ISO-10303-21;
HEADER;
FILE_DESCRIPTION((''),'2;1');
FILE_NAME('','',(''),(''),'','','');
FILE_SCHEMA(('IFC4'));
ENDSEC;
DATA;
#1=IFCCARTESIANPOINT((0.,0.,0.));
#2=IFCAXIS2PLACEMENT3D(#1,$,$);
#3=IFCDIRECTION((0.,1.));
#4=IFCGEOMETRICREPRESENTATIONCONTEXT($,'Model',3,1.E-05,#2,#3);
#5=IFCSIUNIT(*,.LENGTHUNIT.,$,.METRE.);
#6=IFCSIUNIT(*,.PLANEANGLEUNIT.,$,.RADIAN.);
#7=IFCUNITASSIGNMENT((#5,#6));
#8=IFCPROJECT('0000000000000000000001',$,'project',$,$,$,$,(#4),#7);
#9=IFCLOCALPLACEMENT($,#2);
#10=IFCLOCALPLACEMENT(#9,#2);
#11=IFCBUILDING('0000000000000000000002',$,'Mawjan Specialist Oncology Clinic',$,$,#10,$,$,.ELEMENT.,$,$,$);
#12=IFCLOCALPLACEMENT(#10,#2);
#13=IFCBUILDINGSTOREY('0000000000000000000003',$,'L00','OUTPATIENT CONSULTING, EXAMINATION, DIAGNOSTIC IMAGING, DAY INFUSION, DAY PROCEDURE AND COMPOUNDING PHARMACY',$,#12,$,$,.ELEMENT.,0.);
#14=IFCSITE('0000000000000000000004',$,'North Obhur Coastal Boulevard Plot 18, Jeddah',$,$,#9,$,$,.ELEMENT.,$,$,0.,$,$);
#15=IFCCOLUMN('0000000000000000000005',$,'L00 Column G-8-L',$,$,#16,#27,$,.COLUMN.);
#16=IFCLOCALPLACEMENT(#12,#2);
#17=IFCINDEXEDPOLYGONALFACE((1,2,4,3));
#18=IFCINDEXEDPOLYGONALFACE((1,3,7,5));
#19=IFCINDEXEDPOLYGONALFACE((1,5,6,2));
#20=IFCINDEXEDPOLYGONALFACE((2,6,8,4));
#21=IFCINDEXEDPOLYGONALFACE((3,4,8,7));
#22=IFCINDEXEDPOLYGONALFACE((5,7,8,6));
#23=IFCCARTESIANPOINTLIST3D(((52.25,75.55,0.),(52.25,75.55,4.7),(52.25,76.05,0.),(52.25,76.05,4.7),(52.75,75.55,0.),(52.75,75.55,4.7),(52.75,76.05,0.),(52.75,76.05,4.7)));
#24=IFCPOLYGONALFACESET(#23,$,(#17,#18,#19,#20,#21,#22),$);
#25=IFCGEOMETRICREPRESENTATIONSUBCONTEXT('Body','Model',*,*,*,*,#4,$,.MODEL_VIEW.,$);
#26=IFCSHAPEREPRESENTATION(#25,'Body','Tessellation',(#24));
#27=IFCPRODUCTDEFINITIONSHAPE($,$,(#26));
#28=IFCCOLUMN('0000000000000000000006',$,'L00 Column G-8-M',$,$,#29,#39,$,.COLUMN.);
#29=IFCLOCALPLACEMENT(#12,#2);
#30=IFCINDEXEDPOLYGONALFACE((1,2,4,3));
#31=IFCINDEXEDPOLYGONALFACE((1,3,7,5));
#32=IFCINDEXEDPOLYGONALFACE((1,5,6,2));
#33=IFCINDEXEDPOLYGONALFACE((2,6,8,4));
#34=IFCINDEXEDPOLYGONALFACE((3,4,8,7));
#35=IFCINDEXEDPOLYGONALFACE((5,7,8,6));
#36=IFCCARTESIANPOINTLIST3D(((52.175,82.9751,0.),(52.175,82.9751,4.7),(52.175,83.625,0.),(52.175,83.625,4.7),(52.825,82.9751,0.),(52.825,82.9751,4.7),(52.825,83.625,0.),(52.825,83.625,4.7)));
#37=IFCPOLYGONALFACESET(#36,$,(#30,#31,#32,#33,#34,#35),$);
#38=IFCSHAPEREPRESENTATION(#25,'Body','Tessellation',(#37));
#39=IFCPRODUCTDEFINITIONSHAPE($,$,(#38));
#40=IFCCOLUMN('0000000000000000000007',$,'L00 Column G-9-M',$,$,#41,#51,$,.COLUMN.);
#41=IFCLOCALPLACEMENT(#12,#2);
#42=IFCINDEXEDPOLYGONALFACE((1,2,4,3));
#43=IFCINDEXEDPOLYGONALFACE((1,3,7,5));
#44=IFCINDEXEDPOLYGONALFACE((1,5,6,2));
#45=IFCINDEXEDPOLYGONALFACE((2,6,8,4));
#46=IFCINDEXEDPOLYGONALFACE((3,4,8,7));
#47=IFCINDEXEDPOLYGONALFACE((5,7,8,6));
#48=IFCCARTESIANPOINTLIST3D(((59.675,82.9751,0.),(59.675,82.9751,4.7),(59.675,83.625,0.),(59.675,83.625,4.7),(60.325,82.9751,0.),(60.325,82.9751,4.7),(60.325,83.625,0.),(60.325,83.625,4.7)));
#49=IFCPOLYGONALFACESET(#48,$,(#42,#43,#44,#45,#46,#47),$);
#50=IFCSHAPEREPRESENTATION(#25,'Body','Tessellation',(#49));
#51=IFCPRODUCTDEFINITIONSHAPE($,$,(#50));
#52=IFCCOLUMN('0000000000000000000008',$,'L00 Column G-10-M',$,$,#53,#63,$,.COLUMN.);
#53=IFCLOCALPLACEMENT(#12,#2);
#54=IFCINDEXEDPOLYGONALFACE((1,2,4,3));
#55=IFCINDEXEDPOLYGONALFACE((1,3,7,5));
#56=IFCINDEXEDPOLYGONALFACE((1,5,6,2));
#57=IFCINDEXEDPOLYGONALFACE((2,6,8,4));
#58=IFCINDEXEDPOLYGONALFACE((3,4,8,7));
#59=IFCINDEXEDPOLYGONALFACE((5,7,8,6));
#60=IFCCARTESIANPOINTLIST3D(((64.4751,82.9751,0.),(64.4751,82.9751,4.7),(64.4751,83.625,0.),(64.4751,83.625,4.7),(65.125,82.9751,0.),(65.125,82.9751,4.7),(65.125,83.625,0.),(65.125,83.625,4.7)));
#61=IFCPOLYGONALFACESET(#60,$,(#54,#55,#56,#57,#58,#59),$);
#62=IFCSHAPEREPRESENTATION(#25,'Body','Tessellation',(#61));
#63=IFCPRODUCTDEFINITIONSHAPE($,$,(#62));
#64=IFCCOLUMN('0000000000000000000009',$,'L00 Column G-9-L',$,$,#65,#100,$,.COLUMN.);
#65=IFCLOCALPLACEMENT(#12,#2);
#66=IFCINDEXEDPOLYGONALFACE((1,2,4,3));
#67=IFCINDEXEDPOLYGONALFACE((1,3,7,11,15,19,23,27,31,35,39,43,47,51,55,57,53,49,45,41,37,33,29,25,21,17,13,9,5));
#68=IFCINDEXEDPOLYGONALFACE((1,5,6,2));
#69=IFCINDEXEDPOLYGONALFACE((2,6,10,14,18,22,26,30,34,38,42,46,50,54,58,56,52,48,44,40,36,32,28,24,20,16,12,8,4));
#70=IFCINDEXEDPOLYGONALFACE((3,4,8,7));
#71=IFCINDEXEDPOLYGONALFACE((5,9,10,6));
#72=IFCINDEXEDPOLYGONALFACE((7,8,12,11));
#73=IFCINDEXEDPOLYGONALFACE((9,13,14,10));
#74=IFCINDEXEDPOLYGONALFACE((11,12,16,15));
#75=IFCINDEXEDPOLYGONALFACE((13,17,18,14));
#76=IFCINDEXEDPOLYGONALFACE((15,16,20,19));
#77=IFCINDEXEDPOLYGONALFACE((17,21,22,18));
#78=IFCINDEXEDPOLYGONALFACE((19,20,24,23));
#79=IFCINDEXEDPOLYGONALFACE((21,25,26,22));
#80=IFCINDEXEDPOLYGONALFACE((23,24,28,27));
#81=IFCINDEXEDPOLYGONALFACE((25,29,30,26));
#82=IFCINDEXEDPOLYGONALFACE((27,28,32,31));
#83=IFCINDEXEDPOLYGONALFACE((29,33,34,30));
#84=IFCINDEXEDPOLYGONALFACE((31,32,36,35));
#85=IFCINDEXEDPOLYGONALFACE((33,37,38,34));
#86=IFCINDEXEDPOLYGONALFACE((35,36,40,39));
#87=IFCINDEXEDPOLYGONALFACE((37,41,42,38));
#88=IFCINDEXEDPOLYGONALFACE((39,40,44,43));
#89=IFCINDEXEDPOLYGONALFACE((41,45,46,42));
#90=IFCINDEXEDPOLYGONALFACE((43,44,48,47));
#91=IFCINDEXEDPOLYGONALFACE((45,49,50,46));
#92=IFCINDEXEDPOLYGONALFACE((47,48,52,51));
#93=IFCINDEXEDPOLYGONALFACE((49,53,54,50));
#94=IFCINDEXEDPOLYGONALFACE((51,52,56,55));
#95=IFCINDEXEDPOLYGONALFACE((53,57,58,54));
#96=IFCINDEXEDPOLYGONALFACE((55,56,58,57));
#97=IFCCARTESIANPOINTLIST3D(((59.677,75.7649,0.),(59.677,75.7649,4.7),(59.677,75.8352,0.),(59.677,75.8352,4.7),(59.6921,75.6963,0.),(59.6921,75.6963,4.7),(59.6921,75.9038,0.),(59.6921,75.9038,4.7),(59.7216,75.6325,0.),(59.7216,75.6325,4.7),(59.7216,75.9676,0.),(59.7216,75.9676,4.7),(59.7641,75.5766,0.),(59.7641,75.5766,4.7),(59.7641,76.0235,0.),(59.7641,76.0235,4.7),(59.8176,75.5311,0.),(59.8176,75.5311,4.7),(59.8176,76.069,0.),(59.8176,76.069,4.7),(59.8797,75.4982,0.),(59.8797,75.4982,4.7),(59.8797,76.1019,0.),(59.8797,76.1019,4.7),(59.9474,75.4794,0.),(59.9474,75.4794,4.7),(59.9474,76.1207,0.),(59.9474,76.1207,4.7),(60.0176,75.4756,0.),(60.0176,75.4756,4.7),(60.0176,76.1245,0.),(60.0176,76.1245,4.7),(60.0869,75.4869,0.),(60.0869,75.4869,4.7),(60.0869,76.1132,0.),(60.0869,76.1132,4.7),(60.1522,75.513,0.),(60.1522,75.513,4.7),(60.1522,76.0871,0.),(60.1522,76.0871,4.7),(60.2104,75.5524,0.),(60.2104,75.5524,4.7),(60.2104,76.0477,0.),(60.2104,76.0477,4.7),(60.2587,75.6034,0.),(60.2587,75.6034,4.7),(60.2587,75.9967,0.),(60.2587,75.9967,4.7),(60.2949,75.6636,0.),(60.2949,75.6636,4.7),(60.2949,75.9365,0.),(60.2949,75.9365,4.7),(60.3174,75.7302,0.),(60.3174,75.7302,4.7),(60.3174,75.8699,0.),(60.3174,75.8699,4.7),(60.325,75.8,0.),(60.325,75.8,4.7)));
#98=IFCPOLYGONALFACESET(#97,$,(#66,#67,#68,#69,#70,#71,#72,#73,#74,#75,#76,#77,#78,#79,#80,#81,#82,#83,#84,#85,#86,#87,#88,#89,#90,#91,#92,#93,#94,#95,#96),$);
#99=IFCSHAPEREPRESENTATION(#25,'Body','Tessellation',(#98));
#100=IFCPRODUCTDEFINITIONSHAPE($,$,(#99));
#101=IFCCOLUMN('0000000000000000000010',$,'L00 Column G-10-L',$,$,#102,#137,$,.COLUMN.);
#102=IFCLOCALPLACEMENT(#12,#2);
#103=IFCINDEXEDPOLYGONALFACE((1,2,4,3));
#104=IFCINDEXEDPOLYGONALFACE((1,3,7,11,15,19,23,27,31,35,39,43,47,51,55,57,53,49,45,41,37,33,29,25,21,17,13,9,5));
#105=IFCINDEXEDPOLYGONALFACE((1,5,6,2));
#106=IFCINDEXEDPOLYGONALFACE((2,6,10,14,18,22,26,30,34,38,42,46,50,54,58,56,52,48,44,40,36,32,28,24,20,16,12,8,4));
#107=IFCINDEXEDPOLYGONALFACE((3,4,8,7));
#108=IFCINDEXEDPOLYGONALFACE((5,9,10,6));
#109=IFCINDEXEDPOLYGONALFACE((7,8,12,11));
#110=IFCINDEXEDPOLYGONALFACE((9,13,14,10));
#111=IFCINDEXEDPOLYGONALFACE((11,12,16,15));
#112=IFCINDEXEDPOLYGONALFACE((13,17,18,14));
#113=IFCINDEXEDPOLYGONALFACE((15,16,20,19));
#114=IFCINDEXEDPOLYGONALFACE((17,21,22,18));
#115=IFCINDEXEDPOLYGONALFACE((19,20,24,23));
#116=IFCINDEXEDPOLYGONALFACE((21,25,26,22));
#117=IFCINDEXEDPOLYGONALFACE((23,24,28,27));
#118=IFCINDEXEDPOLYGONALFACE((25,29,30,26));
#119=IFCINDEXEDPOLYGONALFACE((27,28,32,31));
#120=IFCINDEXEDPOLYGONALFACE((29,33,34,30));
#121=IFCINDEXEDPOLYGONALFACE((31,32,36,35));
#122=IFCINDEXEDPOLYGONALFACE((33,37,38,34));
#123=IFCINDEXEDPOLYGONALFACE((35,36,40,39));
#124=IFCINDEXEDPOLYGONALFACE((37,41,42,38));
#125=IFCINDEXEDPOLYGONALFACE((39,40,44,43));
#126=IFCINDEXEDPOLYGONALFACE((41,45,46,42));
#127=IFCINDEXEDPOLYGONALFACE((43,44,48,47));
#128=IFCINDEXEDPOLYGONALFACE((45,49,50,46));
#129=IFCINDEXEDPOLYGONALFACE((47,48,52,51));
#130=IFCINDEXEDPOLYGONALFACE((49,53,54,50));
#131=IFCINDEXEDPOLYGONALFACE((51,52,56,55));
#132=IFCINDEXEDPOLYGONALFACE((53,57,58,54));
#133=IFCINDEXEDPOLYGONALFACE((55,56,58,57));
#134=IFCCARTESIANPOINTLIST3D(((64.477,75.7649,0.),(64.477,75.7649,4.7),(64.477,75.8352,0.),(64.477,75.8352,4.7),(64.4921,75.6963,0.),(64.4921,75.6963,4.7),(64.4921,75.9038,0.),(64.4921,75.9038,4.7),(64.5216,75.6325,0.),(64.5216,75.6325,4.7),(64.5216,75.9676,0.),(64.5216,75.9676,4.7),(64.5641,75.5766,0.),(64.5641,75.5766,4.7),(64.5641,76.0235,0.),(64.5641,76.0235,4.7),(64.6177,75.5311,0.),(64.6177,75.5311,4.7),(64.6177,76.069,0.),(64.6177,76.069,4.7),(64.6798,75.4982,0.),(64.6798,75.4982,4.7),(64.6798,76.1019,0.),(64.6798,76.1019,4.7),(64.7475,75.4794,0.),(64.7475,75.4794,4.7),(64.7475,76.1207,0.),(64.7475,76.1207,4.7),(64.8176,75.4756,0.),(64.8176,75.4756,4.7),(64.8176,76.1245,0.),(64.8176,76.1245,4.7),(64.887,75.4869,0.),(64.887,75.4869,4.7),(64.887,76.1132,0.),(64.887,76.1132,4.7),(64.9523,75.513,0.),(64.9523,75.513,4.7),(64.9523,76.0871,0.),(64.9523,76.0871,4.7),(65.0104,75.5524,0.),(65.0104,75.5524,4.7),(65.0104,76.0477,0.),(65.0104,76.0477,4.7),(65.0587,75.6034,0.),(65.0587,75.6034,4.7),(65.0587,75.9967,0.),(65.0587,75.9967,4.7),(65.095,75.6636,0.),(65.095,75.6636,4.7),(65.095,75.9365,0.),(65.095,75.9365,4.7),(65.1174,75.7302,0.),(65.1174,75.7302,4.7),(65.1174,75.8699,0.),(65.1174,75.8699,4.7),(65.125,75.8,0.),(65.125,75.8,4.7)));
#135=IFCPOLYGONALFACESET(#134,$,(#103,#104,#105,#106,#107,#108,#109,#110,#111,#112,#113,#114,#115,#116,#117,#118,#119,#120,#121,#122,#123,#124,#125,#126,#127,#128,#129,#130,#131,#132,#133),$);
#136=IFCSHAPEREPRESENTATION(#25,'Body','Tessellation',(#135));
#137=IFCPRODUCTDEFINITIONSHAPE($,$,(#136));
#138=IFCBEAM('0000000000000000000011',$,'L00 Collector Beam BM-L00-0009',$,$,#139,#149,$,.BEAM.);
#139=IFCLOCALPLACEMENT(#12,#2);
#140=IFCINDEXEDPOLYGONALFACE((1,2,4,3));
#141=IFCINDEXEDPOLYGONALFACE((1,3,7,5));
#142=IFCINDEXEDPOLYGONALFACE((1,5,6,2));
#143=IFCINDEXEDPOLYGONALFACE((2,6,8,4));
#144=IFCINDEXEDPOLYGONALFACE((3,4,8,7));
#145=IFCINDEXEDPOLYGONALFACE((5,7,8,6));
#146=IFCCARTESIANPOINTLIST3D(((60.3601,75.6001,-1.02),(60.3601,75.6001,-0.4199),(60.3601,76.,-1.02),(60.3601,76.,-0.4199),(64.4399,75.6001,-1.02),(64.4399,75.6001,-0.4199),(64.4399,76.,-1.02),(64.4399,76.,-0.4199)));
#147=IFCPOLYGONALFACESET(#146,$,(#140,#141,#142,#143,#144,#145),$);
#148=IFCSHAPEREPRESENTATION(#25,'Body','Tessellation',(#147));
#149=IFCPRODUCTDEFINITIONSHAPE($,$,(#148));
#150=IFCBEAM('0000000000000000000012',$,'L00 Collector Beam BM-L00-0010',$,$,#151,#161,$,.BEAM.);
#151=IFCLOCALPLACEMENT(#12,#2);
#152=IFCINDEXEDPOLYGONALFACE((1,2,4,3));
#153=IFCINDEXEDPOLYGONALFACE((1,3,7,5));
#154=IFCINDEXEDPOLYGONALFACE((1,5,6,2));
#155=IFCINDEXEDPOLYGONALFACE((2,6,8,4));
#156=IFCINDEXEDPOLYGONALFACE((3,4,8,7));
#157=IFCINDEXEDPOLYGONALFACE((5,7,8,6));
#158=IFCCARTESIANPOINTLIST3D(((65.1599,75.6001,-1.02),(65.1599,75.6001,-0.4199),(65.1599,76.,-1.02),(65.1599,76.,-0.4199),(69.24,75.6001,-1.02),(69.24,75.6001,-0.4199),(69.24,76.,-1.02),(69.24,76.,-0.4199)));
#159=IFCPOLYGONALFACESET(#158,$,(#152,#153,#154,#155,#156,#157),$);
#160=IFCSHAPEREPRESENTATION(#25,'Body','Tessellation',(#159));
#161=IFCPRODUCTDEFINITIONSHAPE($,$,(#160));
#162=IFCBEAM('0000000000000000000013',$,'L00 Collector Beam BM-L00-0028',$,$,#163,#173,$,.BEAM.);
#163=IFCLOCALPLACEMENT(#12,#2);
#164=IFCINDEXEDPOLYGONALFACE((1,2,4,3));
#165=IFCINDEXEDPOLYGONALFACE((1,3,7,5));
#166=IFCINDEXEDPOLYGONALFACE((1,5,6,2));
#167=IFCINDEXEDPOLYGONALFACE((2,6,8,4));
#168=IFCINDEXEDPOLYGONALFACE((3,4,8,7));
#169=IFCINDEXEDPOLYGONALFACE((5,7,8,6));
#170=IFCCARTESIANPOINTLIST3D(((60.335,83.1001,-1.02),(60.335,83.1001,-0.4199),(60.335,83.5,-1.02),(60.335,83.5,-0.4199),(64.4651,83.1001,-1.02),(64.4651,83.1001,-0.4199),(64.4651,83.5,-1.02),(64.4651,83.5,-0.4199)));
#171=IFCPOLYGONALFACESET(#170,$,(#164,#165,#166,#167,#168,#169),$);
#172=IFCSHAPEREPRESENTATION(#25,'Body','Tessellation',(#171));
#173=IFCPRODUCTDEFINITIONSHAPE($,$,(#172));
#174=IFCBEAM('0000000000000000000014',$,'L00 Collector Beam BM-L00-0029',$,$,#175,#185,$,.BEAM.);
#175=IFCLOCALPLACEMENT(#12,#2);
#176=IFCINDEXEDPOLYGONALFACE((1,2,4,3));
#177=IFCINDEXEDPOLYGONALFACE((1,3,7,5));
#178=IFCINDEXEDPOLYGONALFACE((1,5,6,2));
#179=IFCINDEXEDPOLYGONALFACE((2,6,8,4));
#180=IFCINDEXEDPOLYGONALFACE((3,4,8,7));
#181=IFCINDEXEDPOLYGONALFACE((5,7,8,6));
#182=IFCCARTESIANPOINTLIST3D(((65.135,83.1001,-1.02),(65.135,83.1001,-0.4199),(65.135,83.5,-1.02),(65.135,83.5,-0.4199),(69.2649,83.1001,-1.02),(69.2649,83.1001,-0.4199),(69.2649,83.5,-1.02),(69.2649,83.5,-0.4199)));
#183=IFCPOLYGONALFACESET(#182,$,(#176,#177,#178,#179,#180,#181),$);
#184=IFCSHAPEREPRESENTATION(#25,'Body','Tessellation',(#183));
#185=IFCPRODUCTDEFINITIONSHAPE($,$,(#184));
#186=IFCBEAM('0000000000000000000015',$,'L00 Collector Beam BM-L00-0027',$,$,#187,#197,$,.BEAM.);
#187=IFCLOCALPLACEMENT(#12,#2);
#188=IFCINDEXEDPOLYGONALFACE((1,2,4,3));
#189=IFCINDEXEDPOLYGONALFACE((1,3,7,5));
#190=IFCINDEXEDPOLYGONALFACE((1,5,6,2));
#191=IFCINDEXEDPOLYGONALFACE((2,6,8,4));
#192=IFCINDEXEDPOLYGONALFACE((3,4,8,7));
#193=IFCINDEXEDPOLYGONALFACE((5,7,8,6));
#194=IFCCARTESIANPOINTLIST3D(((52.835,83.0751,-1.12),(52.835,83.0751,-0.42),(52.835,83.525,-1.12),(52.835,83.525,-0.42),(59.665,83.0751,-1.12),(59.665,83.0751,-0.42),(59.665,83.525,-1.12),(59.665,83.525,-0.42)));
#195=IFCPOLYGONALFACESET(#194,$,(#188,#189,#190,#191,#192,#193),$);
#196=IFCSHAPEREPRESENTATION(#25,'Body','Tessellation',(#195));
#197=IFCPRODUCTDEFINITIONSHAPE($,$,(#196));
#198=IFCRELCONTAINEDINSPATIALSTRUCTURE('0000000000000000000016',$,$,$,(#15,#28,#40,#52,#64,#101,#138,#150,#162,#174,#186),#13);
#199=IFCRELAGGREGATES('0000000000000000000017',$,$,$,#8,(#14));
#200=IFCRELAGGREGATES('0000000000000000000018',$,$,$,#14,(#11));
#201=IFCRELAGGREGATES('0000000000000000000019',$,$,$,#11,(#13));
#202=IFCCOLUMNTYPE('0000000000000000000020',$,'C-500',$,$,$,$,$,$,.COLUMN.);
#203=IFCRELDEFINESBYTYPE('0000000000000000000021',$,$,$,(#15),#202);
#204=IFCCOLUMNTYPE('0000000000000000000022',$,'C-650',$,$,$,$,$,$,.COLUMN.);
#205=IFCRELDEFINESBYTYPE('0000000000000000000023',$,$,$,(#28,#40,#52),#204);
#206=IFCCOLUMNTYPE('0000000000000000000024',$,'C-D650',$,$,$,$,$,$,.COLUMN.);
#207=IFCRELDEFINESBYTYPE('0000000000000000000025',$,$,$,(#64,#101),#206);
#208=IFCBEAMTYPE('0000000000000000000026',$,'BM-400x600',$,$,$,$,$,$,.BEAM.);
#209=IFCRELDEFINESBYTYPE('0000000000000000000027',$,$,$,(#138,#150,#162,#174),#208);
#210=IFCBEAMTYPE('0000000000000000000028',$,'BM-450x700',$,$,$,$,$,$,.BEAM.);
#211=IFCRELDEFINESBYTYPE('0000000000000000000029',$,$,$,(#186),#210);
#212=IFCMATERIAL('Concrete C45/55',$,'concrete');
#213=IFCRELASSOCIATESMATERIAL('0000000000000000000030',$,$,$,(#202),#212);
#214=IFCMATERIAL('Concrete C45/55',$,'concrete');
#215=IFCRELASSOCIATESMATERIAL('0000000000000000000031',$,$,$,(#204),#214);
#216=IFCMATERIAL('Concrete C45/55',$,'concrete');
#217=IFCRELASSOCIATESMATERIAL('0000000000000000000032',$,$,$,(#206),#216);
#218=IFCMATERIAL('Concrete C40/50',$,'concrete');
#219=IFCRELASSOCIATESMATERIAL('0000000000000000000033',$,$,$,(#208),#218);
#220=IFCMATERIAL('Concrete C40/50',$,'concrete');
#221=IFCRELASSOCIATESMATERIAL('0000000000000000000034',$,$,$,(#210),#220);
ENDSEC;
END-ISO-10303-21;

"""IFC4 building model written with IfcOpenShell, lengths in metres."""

from ifc_helpers import new_model, si_unit, direction, frame, origin, origin_2d, place, context, subcontext, project, spatial, rectangle, circle, extrude, material, material_profile, profile_set, type_object, element, save


model = new_model("IFC4")

# Units and contexts
model_context = context("Model", 3, precision=1e-05, world=origin(), true_north=direction((0.0, 1.0)))
body_context = subcontext(model_context, "Body", "Model", "MODEL_VIEW")
ifc_project = project(units=[si_unit("LENGTHUNIT", "METRE"), si_unit("PLANEANGLEUNIT", "RADIAN")], contexts=[model_context])

# Site, building, storey
site_placement = place(None, origin())
site = spatial("IfcSite", under=ifc_project, at=site_placement, Name="North Obhur Coastal Boulevard Plot 18, Jeddah", CompositionType="ELEMENT", RefElevation=0.0)
building_placement = place(site_placement, origin())
building = spatial("IfcBuilding", under=site, at=building_placement, Name="Mawjan Specialist Oncology Clinic", CompositionType="ELEMENT")
storey_placement = place(building_placement, origin())
storey = spatial("IfcBuildingStorey", under=building, at=storey_placement, Name="L00", Description="OUTPATIENT CONSULTING, EXAMINATION, DIAGNOSTIC IMAGING, DAY INFUSION, DAY PROCEDURE AND COMPOUNDING PHARMACY", CompositionType="ELEMENT", Elevation=0.0)

# Columns
ifc_material_1 = material(Name="Concrete C45/55", Category="concrete")
ifc_material_profile_1 = material_profile(ifc_material_1, rectangle(XDim=0.5, YDim=0.5, at=origin_2d()), Name="RC COL 500x500", Category="concrete")
ifc_profile_set_1 = profile_set([ifc_material_profile_1], Name="Concrete C45/55")
column_type_1 = type_object("IfcColumnType", Name="C-500", PredefinedType="COLUMN", material=ifc_profile_set_1)
column_placement = place(storey_placement, frame((52.5, 75.8, 0.0), z_axis=(0.0, 0.0, 1.0), x_axis=(1.0, 0.0, 0.0)))
element("IfcColumn", 1, at=column_placement, inside=storey, type_object=column_type_1, Name="L00 Column G-8-L", PredefinedType="COLUMN", context=body_context, shape_type="SweptSolid", body=[
    extrude(rectangle(XDim=0.5, YDim=0.5, at=origin_2d()), origin(), (0.0, 0.0, 1.0), 4.7),
])
ifc_material_2 = material(Name="Concrete C45/55", Category="concrete")
ifc_material_profile_2 = material_profile(ifc_material_2, rectangle(XDim=0.6499, YDim=0.6499, at=origin_2d()), Name="RC COL 650x650", Category="concrete")
ifc_profile_set_2 = profile_set([ifc_material_profile_2], Name="Concrete C45/55")
column_type_2 = type_object("IfcColumnType", Name="C-650", PredefinedType="COLUMN", material=ifc_profile_set_2)
for number, where, z_axis, x_axis, name in (
    (2, (52.5, 83.3, 0.0), (0.0, 0.0, 1.0), (1.0, 0.0, 0.0), "L00 Column G-8-M"),
    (3, (60.0, 83.3, 0.0), (0.0, 0.0, 1.0), (1.0, 0.0, 0.0), "L00 Column G-9-M"),
    (4, (64.8, 83.3, 0.0), (0.0, 0.0, 1.0), (1.0, 0.0, 0.0), "L00 Column G-10-M"),
):
    element("IfcColumn", number, at=place(storey_placement, frame(where, z_axis=z_axis, x_axis=x_axis)), inside=storey, type_object=column_type_2, Name=name, PredefinedType="COLUMN", context=body_context, shape_type="SweptSolid", body=[
        extrude(rectangle(XDim=0.6499, YDim=0.6499, at=origin_2d()), origin(), (0.0, 0.0, 1.0), 4.7),
    ])
ifc_material_3 = material(Name="Concrete C45/55", Category="concrete")
ifc_material_profile_3 = material_profile(ifc_material_3, circle(Radius=0.325, at=origin_2d()), Name="RC COL D650", Category="concrete")
ifc_profile_set_3 = profile_set([ifc_material_profile_3], Name="Concrete C45/55")
column_type_3 = type_object("IfcColumnType", Name="C-D650", PredefinedType="COLUMN", material=ifc_profile_set_3)
for number, where, z_axis, x_axis, name in (
    (5, (60.0, 75.8, 0.0), (0.0, 0.0, 1.0), (1.0, 0.0, 0.0), "L00 Column G-9-L"),
    (6, (64.8, 75.8, 0.0), (0.0, 0.0, 1.0), (1.0, 0.0, 0.0), "L00 Column G-10-L"),
):
    element("IfcColumn", number, at=place(storey_placement, frame(where, z_axis=z_axis, x_axis=x_axis)), inside=storey, type_object=column_type_3, Name=name, PredefinedType="COLUMN", context=body_context, shape_type="SweptSolid", body=[
        extrude(circle(Radius=0.325, at=origin_2d()), origin(), (0.0, 0.0, 1.0), 4.7),
    ])

# Beams
ifc_material_4 = material(Name="Concrete C40/50", Category="concrete")
ifc_material_profile_4 = material_profile(ifc_material_4, rectangle(XDim=0.3999, YDim=0.6001, at=origin_2d()), Name="RC BM 400x600", Category="concrete")
ifc_profile_set_4 = profile_set([ifc_material_profile_4], Name="Concrete C40/50")
beam_type_1 = type_object("IfcBeamType", Name="BM-400x600", PredefinedType="BEAM", material=ifc_profile_set_4)
beam_1_placement = place(storey_placement, frame((60.3601, 75.8, -0.72), z_axis=(1.0, 0.0, 0.0), x_axis=(0.0, 1.0, 0.0)))
element("IfcBeam", 7, at=beam_1_placement, inside=storey, type_object=beam_type_1, Name="L00 Collector Beam BM-L00-0009", PredefinedType="BEAM", context=body_context, shape_type="SweptSolid", body=[
    extrude(rectangle(XDim=0.3999, YDim=0.6001, at=origin_2d()), origin(), (0.0, 0.0, 1.0), 4.0798),
])
beam_2_placement = place(storey_placement, frame((65.1599, 75.8, -0.72), z_axis=(1.0, 0.0, 0.0), x_axis=(0.0, 1.0, 0.0)))
element("IfcBeam", 8, at=beam_2_placement, inside=storey, type_object=beam_type_1, Name="L00 Collector Beam BM-L00-0010", PredefinedType="BEAM", context=body_context, shape_type="SweptSolid", body=[
    extrude(rectangle(XDim=0.3999, YDim=0.6001, at=origin_2d()), origin(), (0.0, 0.0, 1.0), 4.0801),
])
beam_3_placement = place(storey_placement, frame((60.335, 83.3, -0.72), z_axis=(1.0, 0.0, 0.0), x_axis=(0.0, 1.0, 0.0)))
element("IfcBeam", 9, at=beam_3_placement, inside=storey, type_object=beam_type_1, Name="L00 Collector Beam BM-L00-0028", PredefinedType="BEAM", context=body_context, shape_type="SweptSolid", body=[
    extrude(rectangle(XDim=0.3999, YDim=0.6001, at=origin_2d()), origin(), (0.0, 0.0, 1.0), 4.1301),
])
beam_4_placement = place(storey_placement, frame((65.135, 83.3, -0.72), z_axis=(1.0, 0.0, 0.0), x_axis=(0.0, 1.0, 0.0)))
element("IfcBeam", 10, at=beam_4_placement, inside=storey, type_object=beam_type_1, Name="L00 Collector Beam BM-L00-0029", PredefinedType="BEAM", context=body_context, shape_type="SweptSolid", body=[
    extrude(rectangle(XDim=0.3999, YDim=0.6001, at=origin_2d()), origin(), (0.0, 0.0, 1.0), 4.1299),
])
ifc_material_5 = material(Name="Concrete C40/50", Category="concrete")
ifc_material_profile_5 = material_profile(ifc_material_5, rectangle(XDim=0.45, YDim=0.7, at=origin_2d()), Name="RC BM 450x700", Category="concrete")
ifc_profile_set_5 = profile_set([ifc_material_profile_5], Name="Concrete C40/50")
beam_type_2 = type_object("IfcBeamType", Name="BM-450x700", PredefinedType="BEAM", material=ifc_profile_set_5)
beam_5_placement = place(storey_placement, frame((52.835, 83.3, -0.77), z_axis=(1.0, 0.0, 0.0), x_axis=(0.0, 1.0, 0.0)))
element("IfcBeam", 11, at=beam_5_placement, inside=storey, type_object=beam_type_2, Name="L00 Collector Beam BM-L00-0027", PredefinedType="BEAM", context=body_context, shape_type="SweptSolid", body=[
    extrude(rectangle(XDim=0.45, YDim=0.7, at=origin_2d()), origin(), (0.0, 0.0, 1.0), 6.8301),
])

save(model, "model.ifc")
